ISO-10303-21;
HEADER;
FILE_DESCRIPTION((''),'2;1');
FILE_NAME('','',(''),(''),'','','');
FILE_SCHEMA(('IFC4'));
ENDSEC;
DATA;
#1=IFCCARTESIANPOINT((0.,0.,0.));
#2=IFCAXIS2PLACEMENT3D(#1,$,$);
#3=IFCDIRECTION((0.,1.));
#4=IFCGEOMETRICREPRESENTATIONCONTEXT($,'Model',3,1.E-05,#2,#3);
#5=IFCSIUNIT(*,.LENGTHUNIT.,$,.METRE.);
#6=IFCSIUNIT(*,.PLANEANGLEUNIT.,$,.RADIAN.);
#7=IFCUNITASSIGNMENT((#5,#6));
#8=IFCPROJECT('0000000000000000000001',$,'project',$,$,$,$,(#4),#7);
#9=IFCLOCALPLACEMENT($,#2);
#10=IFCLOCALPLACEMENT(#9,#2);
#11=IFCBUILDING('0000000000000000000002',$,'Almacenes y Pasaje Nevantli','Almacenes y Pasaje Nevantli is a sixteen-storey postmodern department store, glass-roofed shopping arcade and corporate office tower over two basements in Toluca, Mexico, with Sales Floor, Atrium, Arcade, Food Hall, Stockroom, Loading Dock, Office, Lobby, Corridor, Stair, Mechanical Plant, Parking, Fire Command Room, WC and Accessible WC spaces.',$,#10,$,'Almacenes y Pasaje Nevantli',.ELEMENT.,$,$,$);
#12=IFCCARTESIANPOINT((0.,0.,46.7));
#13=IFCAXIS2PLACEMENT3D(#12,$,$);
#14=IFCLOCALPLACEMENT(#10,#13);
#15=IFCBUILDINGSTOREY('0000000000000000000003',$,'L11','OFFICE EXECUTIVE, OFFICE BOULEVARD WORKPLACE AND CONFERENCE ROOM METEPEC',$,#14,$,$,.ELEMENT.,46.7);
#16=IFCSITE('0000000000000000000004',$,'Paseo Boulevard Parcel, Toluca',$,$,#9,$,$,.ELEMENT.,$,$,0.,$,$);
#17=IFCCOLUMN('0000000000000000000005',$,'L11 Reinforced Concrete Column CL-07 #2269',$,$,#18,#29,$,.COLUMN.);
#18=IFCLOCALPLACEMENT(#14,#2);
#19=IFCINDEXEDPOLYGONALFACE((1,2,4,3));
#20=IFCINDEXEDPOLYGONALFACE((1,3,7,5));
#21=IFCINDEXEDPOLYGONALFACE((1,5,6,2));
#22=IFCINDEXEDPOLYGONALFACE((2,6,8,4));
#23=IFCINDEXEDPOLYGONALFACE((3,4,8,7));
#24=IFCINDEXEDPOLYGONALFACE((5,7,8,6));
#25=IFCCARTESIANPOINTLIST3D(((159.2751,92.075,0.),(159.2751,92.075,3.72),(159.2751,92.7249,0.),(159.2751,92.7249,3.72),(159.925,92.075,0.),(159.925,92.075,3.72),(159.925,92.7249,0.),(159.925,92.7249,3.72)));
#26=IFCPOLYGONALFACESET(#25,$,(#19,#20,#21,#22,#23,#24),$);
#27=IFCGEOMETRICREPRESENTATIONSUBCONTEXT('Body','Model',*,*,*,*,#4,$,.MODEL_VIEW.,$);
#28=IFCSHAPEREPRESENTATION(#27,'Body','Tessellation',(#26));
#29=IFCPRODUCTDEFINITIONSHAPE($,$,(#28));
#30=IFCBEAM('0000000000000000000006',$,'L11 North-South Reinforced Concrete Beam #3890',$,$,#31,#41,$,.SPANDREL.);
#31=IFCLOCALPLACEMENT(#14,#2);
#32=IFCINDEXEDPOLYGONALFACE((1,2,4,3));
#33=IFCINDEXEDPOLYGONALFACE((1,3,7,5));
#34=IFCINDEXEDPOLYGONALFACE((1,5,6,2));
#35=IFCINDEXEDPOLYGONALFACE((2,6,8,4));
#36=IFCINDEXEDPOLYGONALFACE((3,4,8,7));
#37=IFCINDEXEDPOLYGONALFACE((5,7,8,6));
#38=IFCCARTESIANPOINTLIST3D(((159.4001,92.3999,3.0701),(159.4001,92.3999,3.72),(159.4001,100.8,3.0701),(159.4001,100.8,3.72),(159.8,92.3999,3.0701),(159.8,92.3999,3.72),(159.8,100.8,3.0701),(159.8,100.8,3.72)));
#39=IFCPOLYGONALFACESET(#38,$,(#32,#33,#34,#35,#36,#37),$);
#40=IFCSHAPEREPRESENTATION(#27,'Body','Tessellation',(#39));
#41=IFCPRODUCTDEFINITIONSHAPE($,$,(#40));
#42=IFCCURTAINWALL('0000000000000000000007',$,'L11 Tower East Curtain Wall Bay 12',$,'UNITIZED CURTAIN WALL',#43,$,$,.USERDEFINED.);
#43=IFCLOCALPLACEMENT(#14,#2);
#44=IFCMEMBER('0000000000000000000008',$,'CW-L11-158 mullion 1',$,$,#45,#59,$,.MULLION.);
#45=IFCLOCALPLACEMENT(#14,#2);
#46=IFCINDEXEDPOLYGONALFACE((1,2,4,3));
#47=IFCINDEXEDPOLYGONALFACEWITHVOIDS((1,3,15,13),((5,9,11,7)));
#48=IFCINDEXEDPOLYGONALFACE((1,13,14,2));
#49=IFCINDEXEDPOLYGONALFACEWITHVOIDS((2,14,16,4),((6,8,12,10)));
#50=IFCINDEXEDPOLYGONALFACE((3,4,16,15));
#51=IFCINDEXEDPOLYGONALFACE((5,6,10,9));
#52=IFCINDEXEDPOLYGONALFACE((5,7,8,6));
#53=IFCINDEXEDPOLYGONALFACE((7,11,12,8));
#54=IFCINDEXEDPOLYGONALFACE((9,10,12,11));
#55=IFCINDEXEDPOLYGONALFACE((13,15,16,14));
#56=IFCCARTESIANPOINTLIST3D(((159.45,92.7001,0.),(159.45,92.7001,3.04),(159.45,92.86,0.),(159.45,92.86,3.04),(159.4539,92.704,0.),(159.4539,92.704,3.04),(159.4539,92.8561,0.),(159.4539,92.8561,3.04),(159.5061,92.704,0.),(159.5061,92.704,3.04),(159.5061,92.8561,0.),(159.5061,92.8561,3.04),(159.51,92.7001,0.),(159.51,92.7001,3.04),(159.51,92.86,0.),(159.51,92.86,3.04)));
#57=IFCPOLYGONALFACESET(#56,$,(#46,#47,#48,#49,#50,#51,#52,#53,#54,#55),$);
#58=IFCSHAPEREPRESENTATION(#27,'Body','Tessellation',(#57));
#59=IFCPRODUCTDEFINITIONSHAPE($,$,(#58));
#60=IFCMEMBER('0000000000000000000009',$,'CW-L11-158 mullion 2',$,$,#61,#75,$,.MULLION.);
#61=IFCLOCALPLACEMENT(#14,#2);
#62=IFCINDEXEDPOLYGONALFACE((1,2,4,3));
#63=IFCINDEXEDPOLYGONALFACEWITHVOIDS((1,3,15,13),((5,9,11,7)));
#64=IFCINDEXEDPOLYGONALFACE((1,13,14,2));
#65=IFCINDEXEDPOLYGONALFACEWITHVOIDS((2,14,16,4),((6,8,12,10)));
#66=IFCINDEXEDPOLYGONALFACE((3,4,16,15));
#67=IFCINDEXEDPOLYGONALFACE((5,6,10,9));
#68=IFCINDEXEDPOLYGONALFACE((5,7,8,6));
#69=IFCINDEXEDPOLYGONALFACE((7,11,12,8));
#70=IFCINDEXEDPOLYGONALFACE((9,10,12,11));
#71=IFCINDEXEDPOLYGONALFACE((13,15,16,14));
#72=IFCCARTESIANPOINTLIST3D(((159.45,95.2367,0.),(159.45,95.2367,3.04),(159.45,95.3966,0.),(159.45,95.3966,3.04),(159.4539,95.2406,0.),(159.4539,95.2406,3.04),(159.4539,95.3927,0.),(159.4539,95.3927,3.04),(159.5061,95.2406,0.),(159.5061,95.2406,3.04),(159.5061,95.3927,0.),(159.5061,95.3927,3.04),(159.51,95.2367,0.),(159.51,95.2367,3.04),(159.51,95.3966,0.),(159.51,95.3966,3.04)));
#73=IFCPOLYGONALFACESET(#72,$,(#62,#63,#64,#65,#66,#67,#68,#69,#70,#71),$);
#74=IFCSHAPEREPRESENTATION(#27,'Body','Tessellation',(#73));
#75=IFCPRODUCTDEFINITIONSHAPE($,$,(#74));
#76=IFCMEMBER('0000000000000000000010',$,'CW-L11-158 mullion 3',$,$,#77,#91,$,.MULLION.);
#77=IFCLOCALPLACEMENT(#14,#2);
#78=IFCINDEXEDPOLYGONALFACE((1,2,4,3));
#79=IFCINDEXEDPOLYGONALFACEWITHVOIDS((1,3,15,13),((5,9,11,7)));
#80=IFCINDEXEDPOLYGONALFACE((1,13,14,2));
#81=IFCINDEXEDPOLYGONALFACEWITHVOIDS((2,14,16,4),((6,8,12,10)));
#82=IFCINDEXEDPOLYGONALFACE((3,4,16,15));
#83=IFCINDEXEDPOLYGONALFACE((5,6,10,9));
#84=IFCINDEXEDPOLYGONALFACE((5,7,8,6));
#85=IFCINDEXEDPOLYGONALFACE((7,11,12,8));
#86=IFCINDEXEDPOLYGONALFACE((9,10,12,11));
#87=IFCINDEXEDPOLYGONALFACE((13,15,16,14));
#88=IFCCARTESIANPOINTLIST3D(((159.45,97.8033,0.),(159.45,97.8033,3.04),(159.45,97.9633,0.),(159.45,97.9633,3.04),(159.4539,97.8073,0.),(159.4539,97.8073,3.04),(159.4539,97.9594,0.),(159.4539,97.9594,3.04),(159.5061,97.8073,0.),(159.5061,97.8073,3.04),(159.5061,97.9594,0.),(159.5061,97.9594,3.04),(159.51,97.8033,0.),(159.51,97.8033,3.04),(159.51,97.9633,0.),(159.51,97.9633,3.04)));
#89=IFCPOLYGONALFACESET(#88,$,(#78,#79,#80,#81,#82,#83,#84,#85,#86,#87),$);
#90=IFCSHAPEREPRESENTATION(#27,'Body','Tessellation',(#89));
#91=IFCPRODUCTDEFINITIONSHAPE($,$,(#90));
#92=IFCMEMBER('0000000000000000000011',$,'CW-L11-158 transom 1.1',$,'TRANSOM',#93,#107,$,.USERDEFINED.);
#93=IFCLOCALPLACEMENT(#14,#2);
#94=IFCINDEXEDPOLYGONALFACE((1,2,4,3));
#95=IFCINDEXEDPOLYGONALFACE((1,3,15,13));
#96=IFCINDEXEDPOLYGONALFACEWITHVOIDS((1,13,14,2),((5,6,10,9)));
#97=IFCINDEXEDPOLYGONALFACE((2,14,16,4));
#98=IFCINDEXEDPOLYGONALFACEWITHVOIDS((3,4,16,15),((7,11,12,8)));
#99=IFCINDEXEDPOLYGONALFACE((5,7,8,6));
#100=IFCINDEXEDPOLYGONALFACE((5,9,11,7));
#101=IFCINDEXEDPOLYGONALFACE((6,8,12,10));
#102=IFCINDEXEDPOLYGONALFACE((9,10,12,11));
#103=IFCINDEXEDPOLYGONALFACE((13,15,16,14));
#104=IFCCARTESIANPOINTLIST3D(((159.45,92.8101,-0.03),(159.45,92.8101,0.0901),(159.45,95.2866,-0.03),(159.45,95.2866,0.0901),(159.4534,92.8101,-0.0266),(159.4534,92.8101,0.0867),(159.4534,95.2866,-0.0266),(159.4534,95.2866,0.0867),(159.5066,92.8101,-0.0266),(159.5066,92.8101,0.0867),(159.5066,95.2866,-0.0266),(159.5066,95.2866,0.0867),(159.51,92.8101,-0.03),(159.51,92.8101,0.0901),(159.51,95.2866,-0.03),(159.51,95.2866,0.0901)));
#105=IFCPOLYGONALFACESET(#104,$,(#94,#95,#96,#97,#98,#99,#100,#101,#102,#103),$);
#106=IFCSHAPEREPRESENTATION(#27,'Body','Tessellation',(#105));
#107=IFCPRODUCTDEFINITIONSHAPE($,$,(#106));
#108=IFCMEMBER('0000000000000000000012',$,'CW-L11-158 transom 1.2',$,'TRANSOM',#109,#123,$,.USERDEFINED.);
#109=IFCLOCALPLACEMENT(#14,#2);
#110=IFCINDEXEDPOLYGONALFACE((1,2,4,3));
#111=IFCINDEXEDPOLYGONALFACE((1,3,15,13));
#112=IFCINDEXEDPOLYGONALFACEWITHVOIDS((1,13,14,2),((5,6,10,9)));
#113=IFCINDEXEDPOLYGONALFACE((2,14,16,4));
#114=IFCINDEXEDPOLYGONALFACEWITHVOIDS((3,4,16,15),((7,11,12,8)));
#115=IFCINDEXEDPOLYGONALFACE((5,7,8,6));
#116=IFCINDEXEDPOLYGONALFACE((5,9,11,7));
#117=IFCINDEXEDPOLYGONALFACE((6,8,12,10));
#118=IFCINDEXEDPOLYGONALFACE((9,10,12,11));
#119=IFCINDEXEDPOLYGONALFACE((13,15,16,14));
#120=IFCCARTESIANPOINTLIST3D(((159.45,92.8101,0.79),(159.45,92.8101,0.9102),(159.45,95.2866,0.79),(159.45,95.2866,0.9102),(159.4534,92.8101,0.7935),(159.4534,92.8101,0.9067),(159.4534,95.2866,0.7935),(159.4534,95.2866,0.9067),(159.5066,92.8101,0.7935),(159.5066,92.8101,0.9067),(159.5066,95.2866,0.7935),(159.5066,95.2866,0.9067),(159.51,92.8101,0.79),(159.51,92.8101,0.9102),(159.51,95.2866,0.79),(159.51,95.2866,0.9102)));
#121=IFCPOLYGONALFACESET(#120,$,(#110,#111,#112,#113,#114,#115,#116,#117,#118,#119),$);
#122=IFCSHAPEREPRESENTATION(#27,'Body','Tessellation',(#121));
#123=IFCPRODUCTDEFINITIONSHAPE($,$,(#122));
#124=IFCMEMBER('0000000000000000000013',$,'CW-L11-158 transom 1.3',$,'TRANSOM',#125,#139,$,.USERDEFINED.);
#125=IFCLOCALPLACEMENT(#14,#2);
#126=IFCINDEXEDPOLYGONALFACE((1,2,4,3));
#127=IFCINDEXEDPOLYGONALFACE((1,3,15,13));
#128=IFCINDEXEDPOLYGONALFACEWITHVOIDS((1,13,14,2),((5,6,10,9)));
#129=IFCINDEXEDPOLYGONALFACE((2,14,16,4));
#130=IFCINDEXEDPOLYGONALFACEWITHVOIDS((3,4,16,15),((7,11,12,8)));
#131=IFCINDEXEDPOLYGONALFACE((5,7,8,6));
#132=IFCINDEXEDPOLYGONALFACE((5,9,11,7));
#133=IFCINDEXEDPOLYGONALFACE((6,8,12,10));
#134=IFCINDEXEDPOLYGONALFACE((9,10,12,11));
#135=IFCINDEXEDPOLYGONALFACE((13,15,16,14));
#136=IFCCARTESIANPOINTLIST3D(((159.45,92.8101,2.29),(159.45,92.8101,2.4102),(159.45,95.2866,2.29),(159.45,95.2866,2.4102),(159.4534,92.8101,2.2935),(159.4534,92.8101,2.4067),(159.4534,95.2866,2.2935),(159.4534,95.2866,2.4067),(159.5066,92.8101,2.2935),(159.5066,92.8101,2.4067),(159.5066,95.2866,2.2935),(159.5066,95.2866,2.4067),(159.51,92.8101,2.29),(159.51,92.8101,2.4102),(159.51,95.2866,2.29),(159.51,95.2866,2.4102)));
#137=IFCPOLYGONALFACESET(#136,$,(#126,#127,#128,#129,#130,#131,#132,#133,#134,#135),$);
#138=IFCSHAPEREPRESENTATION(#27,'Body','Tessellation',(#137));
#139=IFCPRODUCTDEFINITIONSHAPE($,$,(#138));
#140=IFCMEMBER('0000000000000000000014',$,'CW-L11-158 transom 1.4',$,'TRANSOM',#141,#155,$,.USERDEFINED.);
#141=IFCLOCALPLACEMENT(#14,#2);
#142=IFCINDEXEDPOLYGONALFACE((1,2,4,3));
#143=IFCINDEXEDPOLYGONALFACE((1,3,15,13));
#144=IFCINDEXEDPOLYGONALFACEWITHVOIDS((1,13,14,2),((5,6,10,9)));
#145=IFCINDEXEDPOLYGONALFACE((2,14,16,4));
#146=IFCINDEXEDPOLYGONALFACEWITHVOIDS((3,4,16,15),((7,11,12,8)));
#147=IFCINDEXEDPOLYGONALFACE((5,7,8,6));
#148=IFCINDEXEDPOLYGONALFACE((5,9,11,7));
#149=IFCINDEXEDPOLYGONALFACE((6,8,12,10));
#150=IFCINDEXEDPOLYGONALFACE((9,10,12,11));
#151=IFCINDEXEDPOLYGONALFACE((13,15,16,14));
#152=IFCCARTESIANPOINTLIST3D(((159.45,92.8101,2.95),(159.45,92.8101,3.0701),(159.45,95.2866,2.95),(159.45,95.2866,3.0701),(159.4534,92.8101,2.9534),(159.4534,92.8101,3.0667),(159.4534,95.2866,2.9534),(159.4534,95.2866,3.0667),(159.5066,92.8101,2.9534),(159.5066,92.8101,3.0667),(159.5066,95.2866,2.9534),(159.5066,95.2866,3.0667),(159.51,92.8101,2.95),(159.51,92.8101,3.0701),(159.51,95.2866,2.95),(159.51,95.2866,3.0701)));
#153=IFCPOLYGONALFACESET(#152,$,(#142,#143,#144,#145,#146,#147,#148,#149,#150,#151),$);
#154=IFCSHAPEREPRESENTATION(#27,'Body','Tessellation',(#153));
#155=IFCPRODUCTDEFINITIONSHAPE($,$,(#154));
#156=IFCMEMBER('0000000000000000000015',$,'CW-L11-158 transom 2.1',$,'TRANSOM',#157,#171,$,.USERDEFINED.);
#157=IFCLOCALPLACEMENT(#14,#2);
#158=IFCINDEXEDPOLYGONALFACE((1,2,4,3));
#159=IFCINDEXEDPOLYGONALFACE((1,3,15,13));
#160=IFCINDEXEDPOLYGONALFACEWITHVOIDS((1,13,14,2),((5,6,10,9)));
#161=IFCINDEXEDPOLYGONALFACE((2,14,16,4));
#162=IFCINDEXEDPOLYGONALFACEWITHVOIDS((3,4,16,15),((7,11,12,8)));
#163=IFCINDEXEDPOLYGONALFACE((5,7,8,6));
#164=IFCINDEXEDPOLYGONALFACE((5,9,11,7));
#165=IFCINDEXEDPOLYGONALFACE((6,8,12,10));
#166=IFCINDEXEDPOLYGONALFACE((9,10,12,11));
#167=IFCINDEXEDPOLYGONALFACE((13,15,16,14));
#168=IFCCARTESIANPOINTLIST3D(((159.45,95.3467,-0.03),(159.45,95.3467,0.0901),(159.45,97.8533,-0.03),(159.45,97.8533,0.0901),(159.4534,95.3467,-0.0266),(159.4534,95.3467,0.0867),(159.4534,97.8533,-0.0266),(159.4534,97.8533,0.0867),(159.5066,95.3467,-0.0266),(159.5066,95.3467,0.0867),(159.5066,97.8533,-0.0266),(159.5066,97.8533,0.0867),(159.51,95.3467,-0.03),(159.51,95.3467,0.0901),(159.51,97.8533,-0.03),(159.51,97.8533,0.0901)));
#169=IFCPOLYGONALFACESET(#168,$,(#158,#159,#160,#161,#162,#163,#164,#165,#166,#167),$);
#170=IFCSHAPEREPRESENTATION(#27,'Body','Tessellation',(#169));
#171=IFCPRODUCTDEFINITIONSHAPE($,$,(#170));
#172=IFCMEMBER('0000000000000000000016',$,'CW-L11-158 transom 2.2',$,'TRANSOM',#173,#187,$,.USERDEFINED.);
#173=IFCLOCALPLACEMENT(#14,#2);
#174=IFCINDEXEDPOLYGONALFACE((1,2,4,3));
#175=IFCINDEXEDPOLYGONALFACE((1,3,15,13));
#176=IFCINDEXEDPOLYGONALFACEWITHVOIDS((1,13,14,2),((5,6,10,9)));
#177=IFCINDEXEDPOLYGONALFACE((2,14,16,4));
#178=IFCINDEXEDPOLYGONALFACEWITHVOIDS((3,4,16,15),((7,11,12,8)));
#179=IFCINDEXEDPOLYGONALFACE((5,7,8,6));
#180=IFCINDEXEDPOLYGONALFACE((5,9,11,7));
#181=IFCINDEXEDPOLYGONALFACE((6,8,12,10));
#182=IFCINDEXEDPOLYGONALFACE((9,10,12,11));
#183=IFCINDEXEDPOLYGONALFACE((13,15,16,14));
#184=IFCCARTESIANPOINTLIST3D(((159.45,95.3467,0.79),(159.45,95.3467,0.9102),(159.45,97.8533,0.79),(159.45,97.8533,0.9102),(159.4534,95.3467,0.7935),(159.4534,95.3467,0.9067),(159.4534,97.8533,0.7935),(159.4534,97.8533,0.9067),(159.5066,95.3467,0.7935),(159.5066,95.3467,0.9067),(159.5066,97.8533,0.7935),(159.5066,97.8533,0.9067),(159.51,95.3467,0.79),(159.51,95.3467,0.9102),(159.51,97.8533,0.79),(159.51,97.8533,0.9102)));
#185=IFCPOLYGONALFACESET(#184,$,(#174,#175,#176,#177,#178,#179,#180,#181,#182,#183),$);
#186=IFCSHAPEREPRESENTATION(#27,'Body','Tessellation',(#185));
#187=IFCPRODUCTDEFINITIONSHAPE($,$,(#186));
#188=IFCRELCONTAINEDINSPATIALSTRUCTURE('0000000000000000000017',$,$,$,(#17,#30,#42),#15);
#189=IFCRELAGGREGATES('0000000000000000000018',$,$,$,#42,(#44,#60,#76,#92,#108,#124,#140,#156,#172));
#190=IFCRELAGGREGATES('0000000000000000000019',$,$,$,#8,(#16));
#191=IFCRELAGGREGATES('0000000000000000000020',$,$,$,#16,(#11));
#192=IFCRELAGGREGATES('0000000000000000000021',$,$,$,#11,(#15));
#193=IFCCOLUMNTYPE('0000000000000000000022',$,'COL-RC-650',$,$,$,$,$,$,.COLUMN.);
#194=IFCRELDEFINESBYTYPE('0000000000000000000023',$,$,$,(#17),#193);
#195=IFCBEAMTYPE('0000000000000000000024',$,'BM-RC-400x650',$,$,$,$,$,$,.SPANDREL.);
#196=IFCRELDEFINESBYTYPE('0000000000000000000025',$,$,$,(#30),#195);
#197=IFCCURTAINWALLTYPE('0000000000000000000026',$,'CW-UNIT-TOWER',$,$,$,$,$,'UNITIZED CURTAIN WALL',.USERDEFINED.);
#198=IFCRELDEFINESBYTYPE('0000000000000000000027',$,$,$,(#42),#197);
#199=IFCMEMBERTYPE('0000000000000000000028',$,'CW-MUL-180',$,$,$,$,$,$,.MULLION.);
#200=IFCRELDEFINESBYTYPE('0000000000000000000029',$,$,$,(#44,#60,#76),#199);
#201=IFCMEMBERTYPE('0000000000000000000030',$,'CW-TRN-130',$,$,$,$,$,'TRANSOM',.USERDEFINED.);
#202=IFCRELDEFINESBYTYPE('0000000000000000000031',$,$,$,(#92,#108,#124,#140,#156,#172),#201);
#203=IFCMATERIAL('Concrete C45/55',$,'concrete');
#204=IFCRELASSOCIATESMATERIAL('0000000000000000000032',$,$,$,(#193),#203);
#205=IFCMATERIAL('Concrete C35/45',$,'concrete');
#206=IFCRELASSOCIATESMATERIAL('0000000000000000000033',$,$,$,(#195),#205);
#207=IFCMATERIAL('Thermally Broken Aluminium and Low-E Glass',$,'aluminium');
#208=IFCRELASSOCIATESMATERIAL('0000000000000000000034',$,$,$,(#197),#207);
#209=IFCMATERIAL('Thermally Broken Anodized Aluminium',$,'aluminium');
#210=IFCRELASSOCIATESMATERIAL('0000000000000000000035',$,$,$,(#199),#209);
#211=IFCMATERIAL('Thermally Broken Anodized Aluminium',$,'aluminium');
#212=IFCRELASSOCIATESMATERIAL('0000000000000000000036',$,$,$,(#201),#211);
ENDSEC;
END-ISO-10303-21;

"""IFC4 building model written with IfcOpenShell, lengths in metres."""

from ifc_helpers import new_model, si_unit, direction, frame, origin, origin_2d, place, context, subcontext, project, spatial, rectangle, hollow_rectangle, extrude, material, material_profile, profile_set, type_object, element, aggregate, save


model = new_model("IFC4")

# Units and contexts
model_context = context("Model", 3, precision=1e-05, world=origin(), true_north=direction((0.0, 1.0)))
body_context = subcontext(model_context, "Body", "Model", "MODEL_VIEW")
ifc_project = project(units=[si_unit("LENGTHUNIT", "METRE"), si_unit("PLANEANGLEUNIT", "RADIAN")], contexts=[model_context])

# Site, building, storey
site_placement = place(None, origin())
site = spatial("IfcSite", under=ifc_project, at=site_placement, Name="Paseo Boulevard Parcel, Toluca", CompositionType="ELEMENT", RefElevation=0.0)
building_placement = place(site_placement, origin())
building = spatial("IfcBuilding", under=site, at=building_placement, Name="Almacenes y Pasaje Nevantli", Description="Almacenes y Pasaje Nevantli is a sixteen-storey postmodern department store, glass-roofed shopping arcade and corporate office tower over two basements in Toluca, Mexico, with Sales Floor, Atrium, Arcade, Food Hall, Stockroom, Loading Dock, Office, Lobby, Corridor, Stair, Mechanical Plant, Parking, Fire Command Room, WC and Accessible WC spaces.", LongName="Almacenes y Pasaje Nevantli", CompositionType="ELEMENT")
storey_placement = place(building_placement, frame((0.0, 0.0, 46.7)))
storey = spatial("IfcBuildingStorey", under=building, at=storey_placement, Name="L11", Description="OFFICE EXECUTIVE, OFFICE BOULEVARD WORKPLACE AND CONFERENCE ROOM METEPEC", CompositionType="ELEMENT", Elevation=46.7)

# Column
ifc_material_1 = material(Name="Concrete C45/55", Category="concrete")
ifc_material_profile_1 = material_profile(ifc_material_1, rectangle(XDim=0.6499, YDim=0.6499, at=origin_2d()), Name="RC-COL-650x650")
ifc_profile_set_1 = profile_set([ifc_material_profile_1], Name="Concrete C45/55")
column_type = type_object("IfcColumnType", Name="COL-RC-650", PredefinedType="COLUMN", material=ifc_profile_set_1)
column_placement = place(storey_placement, frame((159.6001, 92.3999, 0.0), z_axis=(0.0, 0.0, 1.0), x_axis=(1.0, 0.0, 0.0)))
element("IfcColumn", 1, at=column_placement, inside=storey, type_object=column_type, Name="L11 Reinforced Concrete Column CL-07 #2269", PredefinedType="COLUMN", context=body_context, shape_type="SweptSolid", body=[
    extrude(rectangle(XDim=0.6499, YDim=0.6499, at=origin_2d()), origin(), (0.0, 0.0, 1.0), 3.72),
])

# Beam
ifc_material_2 = material(Name="Concrete C35/45", Category="concrete")
ifc_material_profile_2 = material_profile(ifc_material_2, rectangle(XDim=0.3999, YDim=0.6499, at=origin_2d()), Name="RC-BM-400x650")
ifc_profile_set_2 = profile_set([ifc_material_profile_2], Name="Concrete C35/45")
beam_type = type_object("IfcBeamType", Name="BM-RC-400x650", PredefinedType="SPANDREL", material=ifc_profile_set_2)
beam_placement = place(storey_placement, frame((159.6001, 92.3999, 3.395), z_axis=(0.0, 1.0, 0.0), x_axis=(-1.0, 0.0, 0.0)))
element("IfcBeam", 2, at=beam_placement, inside=storey, type_object=beam_type, Name="L11 North-South Reinforced Concrete Beam #3890", PredefinedType="SPANDREL", context=body_context, shape_type="SweptSolid", body=[
    extrude(rectangle(XDim=0.3999, YDim=0.6499, at=origin_2d()), origin(), (0.0, 0.0, 1.0), 8.4001),
])

# Curtain wall, members
ifc_material_3 = material(Name="Thermally Broken Aluminium and Low-E Glass", Category="aluminium")
curtain_wall_type = type_object("IfcCurtainWallType", Name="CW-UNIT-TOWER", ElementType="UNITIZED CURTAIN WALL", PredefinedType="USERDEFINED", material=ifc_material_3)
curtain_wall_placement = place(storey_placement, origin())
curtain_wall = element("IfcCurtainWall", 3, at=curtain_wall_placement, inside=storey, type_object=curtain_wall_type, Name="L11 Tower East Curtain Wall Bay 12", ObjectType="UNITIZED CURTAIN WALL", PredefinedType="USERDEFINED")
ifc_material_4 = material(Name="Thermally Broken Anodized Aluminium", Category="aluminium")
ifc_material_profile_3 = material_profile(ifc_material_4, hollow_rectangle(XDim=0.0601, YDim=0.1599, WallThickness=0.0039, at=origin_2d()), Name="ALU-MUL-60x160")
ifc_profile_set_3 = profile_set([ifc_material_profile_3], Name="Thermally Broken Anodized Aluminium")
member_type_1 = type_object("IfcMemberType", Name="CW-MUL-180", PredefinedType="MULLION", material=ifc_profile_set_3)
member_1_placement = place(storey_placement, frame((159.48, 92.78, 0.0), z_axis=(0.0, 0.0, 1.0), x_axis=(-1.0, 0.0, 0.0)))
member_1 = element("IfcMember", 4, at=member_1_placement, type_object=member_type_1, Name="CW-L11-158 mullion 1", PredefinedType="MULLION", context=body_context, shape_type="SweptSolid", body=[
    extrude(hollow_rectangle(XDim=0.0601, YDim=0.1599, WallThickness=0.0039, at=origin_2d()), origin(), (0.0, 0.0, 1.0), 3.04),
])
member_2_placement = place(storey_placement, frame((159.48, 95.3167, 0.0), z_axis=(0.0, 0.0, 1.0), x_axis=(-1.0, 0.0, 0.0)))
member_2 = element("IfcMember", 5, at=member_2_placement, type_object=member_type_1, Name="CW-L11-158 mullion 2", PredefinedType="MULLION", context=body_context, shape_type="SweptSolid", body=[
    extrude(hollow_rectangle(XDim=0.0601, YDim=0.1599, WallThickness=0.0039, at=origin_2d()), origin(), (0.0, 0.0, 1.0), 3.04),
])
member_3_placement = place(storey_placement, frame((159.48, 97.8833, 0.0), z_axis=(0.0, 0.0, 1.0), x_axis=(-1.0, 0.0, 0.0)))
member_3 = element("IfcMember", 6, at=member_3_placement, type_object=member_type_1, Name="CW-L11-158 mullion 3", PredefinedType="MULLION", context=body_context, shape_type="SweptSolid", body=[
    extrude(hollow_rectangle(XDim=0.0601, YDim=0.1599, WallThickness=0.0039, at=origin_2d()), origin(), (0.0, 0.0, 1.0), 3.04),
])
ifc_material_5 = material(Name="Thermally Broken Anodized Aluminium", Category="aluminium")
ifc_material_profile_4 = material_profile(ifc_material_5, hollow_rectangle(XDim=0.0601, YDim=0.1201, WallThickness=0.0034, at=origin_2d()), Name="ALU-TRN-60x120")
ifc_profile_set_4 = profile_set([ifc_material_profile_4], Name="Thermally Broken Anodized Aluminium")
member_type_2 = type_object("IfcMemberType", Name="CW-TRN-130", ElementType="TRANSOM", PredefinedType="USERDEFINED", material=ifc_profile_set_4)
member_4_placement = place(storey_placement, frame((159.48, 92.8101, 0.03), z_axis=(0.0, 1.0, 0.0), x_axis=(-1.0, 0.0, 0.0)))
member_4 = element("IfcMember", 7, at=member_4_placement, type_object=member_type_2, Name="CW-L11-158 transom 1.1", ObjectType="TRANSOM", PredefinedType="USERDEFINED", context=body_context, shape_type="SweptSolid", body=[
    extrude(hollow_rectangle(XDim=0.0601, YDim=0.1201, WallThickness=0.0034, at=origin_2d()), origin(), (0.0, 0.0, 1.0), 2.4766),
])
member_5_placement = place(storey_placement, frame((159.48, 92.8101, 0.8501), z_axis=(0.0, 1.0, 0.0), x_axis=(-1.0, 0.0, 0.0)))
member_5 = element("IfcMember", 8, at=member_5_placement, type_object=member_type_2, Name="CW-L11-158 transom 1.2", ObjectType="TRANSOM", PredefinedType="USERDEFINED", context=body_context, shape_type="SweptSolid", body=[
    extrude(hollow_rectangle(XDim=0.0601, YDim=0.1201, WallThickness=0.0034, at=origin_2d()), origin(), (0.0, 0.0, 1.0), 2.4766),
])
member_6_placement = place(storey_placement, frame((159.48, 92.8101, 2.3501), z_axis=(0.0, 1.0, 0.0), x_axis=(-1.0, 0.0, 0.0)))
member_6 = element("IfcMember", 9, at=member_6_placement, type_object=member_type_2, Name="CW-L11-158 transom 1.3", ObjectType="TRANSOM", PredefinedType="USERDEFINED", context=body_context, shape_type="SweptSolid", body=[
    extrude(hollow_rectangle(XDim=0.0601, YDim=0.1201, WallThickness=0.0034, at=origin_2d()), origin(), (0.0, 0.0, 1.0), 2.4766),
])
member_7_placement = place(storey_placement, frame((159.48, 92.8101, 3.01), z_axis=(0.0, 1.0, 0.0), x_axis=(-1.0, 0.0, 0.0)))
member_7 = element("IfcMember", 10, at=member_7_placement, type_object=member_type_2, Name="CW-L11-158 transom 1.4", ObjectType="TRANSOM", PredefinedType="USERDEFINED", context=body_context, shape_type="SweptSolid", body=[
    extrude(hollow_rectangle(XDim=0.0601, YDim=0.1201, WallThickness=0.0034, at=origin_2d()), origin(), (0.0, 0.0, 1.0), 2.4766),
])
member_8_placement = place(storey_placement, frame((159.48, 95.3467, 0.03), z_axis=(0.0, 1.0, 0.0), x_axis=(-1.0, 0.0, 0.0)))
member_8 = element("IfcMember", 11, at=member_8_placement, type_object=member_type_2, Name="CW-L11-158 transom 2.1", ObjectType="TRANSOM", PredefinedType="USERDEFINED", context=body_context, shape_type="SweptSolid", body=[
    extrude(hollow_rectangle(XDim=0.0601, YDim=0.1201, WallThickness=0.0034, at=origin_2d()), origin(), (0.0, 0.0, 1.0), 2.5066),
])
member_9_placement = place(storey_placement, frame((159.48, 95.3467, 0.8501), z_axis=(0.0, 1.0, 0.0), x_axis=(-1.0, 0.0, 0.0)))
member_9 = element("IfcMember", 12, at=member_9_placement, type_object=member_type_2, Name="CW-L11-158 transom 2.2", ObjectType="TRANSOM", PredefinedType="USERDEFINED", context=body_context, shape_type="SweptSolid", body=[
    extrude(hollow_rectangle(XDim=0.0601, YDim=0.1201, WallThickness=0.0034, at=origin_2d()), origin(), (0.0, 0.0, 1.0), 2.5066),
])
aggregate(curtain_wall, [member_1, member_2, member_3, member_4, member_5, member_6, member_7, member_8, member_9])

save(model, "model.ifc")
